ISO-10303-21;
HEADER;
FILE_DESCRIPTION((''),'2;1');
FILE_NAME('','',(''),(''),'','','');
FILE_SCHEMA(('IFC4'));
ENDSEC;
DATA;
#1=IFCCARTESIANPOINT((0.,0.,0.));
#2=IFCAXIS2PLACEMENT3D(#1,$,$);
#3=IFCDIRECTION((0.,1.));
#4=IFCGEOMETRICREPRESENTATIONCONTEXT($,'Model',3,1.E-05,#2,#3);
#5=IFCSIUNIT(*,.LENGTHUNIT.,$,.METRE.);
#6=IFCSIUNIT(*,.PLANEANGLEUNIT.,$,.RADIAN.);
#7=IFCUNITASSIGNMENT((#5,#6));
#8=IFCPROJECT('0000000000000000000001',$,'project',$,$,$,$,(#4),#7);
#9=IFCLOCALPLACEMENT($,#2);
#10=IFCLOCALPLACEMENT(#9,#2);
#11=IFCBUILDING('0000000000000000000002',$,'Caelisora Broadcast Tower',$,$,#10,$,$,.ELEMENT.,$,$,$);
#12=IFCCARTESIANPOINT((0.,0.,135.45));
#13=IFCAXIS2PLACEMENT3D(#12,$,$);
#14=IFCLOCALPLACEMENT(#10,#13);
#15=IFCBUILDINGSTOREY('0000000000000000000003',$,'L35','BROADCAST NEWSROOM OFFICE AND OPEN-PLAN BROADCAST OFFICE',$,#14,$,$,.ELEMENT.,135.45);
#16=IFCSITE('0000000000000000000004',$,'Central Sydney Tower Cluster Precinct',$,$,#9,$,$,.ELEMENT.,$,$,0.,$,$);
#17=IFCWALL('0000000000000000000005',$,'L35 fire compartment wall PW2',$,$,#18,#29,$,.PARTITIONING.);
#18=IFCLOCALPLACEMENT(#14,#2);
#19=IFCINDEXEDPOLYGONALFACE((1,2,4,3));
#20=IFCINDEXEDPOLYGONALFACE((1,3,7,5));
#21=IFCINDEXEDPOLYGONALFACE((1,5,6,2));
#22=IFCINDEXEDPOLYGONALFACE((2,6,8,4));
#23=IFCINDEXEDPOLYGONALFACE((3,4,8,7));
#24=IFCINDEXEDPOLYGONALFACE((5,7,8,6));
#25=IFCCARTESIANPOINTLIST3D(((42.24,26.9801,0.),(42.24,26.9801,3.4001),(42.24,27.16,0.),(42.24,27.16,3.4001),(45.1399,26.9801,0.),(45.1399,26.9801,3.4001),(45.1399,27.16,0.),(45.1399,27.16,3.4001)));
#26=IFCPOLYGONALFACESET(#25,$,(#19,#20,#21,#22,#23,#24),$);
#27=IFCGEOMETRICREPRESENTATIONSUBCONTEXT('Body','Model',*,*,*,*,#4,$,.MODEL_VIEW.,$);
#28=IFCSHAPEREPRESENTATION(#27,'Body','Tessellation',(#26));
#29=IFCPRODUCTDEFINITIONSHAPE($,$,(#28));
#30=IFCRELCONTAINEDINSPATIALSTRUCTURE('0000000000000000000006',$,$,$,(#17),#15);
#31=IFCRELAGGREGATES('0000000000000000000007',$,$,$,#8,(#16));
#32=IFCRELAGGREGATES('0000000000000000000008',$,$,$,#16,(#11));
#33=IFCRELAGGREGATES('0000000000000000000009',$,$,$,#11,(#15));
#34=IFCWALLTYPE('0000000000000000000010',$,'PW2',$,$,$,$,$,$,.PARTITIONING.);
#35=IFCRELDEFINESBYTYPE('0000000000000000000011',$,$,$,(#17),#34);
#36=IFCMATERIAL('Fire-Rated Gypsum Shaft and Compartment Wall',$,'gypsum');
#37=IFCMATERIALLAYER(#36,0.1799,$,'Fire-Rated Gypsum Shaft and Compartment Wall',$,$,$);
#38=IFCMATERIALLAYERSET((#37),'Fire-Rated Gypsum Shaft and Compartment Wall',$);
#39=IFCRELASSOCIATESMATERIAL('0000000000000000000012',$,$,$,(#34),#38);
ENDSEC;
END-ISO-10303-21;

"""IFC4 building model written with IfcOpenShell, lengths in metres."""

from ifc_helpers import new_model, si_unit, direction, frame, frame_2d, origin, place, context, subcontext, project, spatial, rectangle, extrude, material, layer, layer_set, type_object, element, save


model = new_model("IFC4")

# Units and contexts
model_context = context("Model", 3, precision=1e-05, world=origin(), true_north=direction((0.0, 1.0)))
body_context = subcontext(model_context, "Body", "Model", "MODEL_VIEW")
ifc_project = project(units=[si_unit("LENGTHUNIT", "METRE"), si_unit("PLANEANGLEUNIT", "RADIAN")], contexts=[model_context])

# Site, building, storey
site_placement = place(None, origin())
site = spatial("IfcSite", under=ifc_project, at=site_placement, Name="Central Sydney Tower Cluster Precinct", CompositionType="ELEMENT", RefElevation=0.0)
building_placement = place(site_placement, origin())
building = spatial("IfcBuilding", under=site, at=building_placement, Name="Caelisora Broadcast Tower", CompositionType="ELEMENT")
storey_placement = place(building_placement, frame((0.0, 0.0, 135.45)))
storey = spatial("IfcBuildingStorey", under=building, at=storey_placement, Name="L35", Description="BROADCAST NEWSROOM OFFICE AND OPEN-PLAN BROADCAST OFFICE", CompositionType="ELEMENT", Elevation=135.45)

# Shared definitions
ifc_material_1 = material(Name="Fire-Rated Gypsum Shaft and Compartment Wall", Category="gypsum")
ifc_layer_1 = layer(ifc_material_1, 0.1799, Name="Fire-Rated Gypsum Shaft and Compartment Wall")
ifc_layer_set_1 = layer_set([ifc_layer_1], Name="Fire-Rated Gypsum Shaft and Compartment Wall")
wall_type_1 = type_object("IfcWallType", Name="PW2", PredefinedType="PARTITIONING", material=ifc_layer_set_1)

# Wall
wall_1_placement = place(storey_placement, frame((42.24, 27.0701, 0.0), z_axis=(0.0, 0.0, 1.0), x_axis=(1.0, 0.0, 0.0)))
element("IfcWall", 1, at=wall_1_placement, inside=storey, type_object=wall_type_1, Name="L35 fire compartment wall PW2", PredefinedType="PARTITIONING", context=body_context, shape_type="SweptSolid", body=[
    extrude(rectangle(XDim=2.8999, YDim=0.1799, at=frame_2d((1.45, 0.0))), origin(), (0.0, 0.0, 1.0), 3.4001),
])

save(model, "model.ifc")
